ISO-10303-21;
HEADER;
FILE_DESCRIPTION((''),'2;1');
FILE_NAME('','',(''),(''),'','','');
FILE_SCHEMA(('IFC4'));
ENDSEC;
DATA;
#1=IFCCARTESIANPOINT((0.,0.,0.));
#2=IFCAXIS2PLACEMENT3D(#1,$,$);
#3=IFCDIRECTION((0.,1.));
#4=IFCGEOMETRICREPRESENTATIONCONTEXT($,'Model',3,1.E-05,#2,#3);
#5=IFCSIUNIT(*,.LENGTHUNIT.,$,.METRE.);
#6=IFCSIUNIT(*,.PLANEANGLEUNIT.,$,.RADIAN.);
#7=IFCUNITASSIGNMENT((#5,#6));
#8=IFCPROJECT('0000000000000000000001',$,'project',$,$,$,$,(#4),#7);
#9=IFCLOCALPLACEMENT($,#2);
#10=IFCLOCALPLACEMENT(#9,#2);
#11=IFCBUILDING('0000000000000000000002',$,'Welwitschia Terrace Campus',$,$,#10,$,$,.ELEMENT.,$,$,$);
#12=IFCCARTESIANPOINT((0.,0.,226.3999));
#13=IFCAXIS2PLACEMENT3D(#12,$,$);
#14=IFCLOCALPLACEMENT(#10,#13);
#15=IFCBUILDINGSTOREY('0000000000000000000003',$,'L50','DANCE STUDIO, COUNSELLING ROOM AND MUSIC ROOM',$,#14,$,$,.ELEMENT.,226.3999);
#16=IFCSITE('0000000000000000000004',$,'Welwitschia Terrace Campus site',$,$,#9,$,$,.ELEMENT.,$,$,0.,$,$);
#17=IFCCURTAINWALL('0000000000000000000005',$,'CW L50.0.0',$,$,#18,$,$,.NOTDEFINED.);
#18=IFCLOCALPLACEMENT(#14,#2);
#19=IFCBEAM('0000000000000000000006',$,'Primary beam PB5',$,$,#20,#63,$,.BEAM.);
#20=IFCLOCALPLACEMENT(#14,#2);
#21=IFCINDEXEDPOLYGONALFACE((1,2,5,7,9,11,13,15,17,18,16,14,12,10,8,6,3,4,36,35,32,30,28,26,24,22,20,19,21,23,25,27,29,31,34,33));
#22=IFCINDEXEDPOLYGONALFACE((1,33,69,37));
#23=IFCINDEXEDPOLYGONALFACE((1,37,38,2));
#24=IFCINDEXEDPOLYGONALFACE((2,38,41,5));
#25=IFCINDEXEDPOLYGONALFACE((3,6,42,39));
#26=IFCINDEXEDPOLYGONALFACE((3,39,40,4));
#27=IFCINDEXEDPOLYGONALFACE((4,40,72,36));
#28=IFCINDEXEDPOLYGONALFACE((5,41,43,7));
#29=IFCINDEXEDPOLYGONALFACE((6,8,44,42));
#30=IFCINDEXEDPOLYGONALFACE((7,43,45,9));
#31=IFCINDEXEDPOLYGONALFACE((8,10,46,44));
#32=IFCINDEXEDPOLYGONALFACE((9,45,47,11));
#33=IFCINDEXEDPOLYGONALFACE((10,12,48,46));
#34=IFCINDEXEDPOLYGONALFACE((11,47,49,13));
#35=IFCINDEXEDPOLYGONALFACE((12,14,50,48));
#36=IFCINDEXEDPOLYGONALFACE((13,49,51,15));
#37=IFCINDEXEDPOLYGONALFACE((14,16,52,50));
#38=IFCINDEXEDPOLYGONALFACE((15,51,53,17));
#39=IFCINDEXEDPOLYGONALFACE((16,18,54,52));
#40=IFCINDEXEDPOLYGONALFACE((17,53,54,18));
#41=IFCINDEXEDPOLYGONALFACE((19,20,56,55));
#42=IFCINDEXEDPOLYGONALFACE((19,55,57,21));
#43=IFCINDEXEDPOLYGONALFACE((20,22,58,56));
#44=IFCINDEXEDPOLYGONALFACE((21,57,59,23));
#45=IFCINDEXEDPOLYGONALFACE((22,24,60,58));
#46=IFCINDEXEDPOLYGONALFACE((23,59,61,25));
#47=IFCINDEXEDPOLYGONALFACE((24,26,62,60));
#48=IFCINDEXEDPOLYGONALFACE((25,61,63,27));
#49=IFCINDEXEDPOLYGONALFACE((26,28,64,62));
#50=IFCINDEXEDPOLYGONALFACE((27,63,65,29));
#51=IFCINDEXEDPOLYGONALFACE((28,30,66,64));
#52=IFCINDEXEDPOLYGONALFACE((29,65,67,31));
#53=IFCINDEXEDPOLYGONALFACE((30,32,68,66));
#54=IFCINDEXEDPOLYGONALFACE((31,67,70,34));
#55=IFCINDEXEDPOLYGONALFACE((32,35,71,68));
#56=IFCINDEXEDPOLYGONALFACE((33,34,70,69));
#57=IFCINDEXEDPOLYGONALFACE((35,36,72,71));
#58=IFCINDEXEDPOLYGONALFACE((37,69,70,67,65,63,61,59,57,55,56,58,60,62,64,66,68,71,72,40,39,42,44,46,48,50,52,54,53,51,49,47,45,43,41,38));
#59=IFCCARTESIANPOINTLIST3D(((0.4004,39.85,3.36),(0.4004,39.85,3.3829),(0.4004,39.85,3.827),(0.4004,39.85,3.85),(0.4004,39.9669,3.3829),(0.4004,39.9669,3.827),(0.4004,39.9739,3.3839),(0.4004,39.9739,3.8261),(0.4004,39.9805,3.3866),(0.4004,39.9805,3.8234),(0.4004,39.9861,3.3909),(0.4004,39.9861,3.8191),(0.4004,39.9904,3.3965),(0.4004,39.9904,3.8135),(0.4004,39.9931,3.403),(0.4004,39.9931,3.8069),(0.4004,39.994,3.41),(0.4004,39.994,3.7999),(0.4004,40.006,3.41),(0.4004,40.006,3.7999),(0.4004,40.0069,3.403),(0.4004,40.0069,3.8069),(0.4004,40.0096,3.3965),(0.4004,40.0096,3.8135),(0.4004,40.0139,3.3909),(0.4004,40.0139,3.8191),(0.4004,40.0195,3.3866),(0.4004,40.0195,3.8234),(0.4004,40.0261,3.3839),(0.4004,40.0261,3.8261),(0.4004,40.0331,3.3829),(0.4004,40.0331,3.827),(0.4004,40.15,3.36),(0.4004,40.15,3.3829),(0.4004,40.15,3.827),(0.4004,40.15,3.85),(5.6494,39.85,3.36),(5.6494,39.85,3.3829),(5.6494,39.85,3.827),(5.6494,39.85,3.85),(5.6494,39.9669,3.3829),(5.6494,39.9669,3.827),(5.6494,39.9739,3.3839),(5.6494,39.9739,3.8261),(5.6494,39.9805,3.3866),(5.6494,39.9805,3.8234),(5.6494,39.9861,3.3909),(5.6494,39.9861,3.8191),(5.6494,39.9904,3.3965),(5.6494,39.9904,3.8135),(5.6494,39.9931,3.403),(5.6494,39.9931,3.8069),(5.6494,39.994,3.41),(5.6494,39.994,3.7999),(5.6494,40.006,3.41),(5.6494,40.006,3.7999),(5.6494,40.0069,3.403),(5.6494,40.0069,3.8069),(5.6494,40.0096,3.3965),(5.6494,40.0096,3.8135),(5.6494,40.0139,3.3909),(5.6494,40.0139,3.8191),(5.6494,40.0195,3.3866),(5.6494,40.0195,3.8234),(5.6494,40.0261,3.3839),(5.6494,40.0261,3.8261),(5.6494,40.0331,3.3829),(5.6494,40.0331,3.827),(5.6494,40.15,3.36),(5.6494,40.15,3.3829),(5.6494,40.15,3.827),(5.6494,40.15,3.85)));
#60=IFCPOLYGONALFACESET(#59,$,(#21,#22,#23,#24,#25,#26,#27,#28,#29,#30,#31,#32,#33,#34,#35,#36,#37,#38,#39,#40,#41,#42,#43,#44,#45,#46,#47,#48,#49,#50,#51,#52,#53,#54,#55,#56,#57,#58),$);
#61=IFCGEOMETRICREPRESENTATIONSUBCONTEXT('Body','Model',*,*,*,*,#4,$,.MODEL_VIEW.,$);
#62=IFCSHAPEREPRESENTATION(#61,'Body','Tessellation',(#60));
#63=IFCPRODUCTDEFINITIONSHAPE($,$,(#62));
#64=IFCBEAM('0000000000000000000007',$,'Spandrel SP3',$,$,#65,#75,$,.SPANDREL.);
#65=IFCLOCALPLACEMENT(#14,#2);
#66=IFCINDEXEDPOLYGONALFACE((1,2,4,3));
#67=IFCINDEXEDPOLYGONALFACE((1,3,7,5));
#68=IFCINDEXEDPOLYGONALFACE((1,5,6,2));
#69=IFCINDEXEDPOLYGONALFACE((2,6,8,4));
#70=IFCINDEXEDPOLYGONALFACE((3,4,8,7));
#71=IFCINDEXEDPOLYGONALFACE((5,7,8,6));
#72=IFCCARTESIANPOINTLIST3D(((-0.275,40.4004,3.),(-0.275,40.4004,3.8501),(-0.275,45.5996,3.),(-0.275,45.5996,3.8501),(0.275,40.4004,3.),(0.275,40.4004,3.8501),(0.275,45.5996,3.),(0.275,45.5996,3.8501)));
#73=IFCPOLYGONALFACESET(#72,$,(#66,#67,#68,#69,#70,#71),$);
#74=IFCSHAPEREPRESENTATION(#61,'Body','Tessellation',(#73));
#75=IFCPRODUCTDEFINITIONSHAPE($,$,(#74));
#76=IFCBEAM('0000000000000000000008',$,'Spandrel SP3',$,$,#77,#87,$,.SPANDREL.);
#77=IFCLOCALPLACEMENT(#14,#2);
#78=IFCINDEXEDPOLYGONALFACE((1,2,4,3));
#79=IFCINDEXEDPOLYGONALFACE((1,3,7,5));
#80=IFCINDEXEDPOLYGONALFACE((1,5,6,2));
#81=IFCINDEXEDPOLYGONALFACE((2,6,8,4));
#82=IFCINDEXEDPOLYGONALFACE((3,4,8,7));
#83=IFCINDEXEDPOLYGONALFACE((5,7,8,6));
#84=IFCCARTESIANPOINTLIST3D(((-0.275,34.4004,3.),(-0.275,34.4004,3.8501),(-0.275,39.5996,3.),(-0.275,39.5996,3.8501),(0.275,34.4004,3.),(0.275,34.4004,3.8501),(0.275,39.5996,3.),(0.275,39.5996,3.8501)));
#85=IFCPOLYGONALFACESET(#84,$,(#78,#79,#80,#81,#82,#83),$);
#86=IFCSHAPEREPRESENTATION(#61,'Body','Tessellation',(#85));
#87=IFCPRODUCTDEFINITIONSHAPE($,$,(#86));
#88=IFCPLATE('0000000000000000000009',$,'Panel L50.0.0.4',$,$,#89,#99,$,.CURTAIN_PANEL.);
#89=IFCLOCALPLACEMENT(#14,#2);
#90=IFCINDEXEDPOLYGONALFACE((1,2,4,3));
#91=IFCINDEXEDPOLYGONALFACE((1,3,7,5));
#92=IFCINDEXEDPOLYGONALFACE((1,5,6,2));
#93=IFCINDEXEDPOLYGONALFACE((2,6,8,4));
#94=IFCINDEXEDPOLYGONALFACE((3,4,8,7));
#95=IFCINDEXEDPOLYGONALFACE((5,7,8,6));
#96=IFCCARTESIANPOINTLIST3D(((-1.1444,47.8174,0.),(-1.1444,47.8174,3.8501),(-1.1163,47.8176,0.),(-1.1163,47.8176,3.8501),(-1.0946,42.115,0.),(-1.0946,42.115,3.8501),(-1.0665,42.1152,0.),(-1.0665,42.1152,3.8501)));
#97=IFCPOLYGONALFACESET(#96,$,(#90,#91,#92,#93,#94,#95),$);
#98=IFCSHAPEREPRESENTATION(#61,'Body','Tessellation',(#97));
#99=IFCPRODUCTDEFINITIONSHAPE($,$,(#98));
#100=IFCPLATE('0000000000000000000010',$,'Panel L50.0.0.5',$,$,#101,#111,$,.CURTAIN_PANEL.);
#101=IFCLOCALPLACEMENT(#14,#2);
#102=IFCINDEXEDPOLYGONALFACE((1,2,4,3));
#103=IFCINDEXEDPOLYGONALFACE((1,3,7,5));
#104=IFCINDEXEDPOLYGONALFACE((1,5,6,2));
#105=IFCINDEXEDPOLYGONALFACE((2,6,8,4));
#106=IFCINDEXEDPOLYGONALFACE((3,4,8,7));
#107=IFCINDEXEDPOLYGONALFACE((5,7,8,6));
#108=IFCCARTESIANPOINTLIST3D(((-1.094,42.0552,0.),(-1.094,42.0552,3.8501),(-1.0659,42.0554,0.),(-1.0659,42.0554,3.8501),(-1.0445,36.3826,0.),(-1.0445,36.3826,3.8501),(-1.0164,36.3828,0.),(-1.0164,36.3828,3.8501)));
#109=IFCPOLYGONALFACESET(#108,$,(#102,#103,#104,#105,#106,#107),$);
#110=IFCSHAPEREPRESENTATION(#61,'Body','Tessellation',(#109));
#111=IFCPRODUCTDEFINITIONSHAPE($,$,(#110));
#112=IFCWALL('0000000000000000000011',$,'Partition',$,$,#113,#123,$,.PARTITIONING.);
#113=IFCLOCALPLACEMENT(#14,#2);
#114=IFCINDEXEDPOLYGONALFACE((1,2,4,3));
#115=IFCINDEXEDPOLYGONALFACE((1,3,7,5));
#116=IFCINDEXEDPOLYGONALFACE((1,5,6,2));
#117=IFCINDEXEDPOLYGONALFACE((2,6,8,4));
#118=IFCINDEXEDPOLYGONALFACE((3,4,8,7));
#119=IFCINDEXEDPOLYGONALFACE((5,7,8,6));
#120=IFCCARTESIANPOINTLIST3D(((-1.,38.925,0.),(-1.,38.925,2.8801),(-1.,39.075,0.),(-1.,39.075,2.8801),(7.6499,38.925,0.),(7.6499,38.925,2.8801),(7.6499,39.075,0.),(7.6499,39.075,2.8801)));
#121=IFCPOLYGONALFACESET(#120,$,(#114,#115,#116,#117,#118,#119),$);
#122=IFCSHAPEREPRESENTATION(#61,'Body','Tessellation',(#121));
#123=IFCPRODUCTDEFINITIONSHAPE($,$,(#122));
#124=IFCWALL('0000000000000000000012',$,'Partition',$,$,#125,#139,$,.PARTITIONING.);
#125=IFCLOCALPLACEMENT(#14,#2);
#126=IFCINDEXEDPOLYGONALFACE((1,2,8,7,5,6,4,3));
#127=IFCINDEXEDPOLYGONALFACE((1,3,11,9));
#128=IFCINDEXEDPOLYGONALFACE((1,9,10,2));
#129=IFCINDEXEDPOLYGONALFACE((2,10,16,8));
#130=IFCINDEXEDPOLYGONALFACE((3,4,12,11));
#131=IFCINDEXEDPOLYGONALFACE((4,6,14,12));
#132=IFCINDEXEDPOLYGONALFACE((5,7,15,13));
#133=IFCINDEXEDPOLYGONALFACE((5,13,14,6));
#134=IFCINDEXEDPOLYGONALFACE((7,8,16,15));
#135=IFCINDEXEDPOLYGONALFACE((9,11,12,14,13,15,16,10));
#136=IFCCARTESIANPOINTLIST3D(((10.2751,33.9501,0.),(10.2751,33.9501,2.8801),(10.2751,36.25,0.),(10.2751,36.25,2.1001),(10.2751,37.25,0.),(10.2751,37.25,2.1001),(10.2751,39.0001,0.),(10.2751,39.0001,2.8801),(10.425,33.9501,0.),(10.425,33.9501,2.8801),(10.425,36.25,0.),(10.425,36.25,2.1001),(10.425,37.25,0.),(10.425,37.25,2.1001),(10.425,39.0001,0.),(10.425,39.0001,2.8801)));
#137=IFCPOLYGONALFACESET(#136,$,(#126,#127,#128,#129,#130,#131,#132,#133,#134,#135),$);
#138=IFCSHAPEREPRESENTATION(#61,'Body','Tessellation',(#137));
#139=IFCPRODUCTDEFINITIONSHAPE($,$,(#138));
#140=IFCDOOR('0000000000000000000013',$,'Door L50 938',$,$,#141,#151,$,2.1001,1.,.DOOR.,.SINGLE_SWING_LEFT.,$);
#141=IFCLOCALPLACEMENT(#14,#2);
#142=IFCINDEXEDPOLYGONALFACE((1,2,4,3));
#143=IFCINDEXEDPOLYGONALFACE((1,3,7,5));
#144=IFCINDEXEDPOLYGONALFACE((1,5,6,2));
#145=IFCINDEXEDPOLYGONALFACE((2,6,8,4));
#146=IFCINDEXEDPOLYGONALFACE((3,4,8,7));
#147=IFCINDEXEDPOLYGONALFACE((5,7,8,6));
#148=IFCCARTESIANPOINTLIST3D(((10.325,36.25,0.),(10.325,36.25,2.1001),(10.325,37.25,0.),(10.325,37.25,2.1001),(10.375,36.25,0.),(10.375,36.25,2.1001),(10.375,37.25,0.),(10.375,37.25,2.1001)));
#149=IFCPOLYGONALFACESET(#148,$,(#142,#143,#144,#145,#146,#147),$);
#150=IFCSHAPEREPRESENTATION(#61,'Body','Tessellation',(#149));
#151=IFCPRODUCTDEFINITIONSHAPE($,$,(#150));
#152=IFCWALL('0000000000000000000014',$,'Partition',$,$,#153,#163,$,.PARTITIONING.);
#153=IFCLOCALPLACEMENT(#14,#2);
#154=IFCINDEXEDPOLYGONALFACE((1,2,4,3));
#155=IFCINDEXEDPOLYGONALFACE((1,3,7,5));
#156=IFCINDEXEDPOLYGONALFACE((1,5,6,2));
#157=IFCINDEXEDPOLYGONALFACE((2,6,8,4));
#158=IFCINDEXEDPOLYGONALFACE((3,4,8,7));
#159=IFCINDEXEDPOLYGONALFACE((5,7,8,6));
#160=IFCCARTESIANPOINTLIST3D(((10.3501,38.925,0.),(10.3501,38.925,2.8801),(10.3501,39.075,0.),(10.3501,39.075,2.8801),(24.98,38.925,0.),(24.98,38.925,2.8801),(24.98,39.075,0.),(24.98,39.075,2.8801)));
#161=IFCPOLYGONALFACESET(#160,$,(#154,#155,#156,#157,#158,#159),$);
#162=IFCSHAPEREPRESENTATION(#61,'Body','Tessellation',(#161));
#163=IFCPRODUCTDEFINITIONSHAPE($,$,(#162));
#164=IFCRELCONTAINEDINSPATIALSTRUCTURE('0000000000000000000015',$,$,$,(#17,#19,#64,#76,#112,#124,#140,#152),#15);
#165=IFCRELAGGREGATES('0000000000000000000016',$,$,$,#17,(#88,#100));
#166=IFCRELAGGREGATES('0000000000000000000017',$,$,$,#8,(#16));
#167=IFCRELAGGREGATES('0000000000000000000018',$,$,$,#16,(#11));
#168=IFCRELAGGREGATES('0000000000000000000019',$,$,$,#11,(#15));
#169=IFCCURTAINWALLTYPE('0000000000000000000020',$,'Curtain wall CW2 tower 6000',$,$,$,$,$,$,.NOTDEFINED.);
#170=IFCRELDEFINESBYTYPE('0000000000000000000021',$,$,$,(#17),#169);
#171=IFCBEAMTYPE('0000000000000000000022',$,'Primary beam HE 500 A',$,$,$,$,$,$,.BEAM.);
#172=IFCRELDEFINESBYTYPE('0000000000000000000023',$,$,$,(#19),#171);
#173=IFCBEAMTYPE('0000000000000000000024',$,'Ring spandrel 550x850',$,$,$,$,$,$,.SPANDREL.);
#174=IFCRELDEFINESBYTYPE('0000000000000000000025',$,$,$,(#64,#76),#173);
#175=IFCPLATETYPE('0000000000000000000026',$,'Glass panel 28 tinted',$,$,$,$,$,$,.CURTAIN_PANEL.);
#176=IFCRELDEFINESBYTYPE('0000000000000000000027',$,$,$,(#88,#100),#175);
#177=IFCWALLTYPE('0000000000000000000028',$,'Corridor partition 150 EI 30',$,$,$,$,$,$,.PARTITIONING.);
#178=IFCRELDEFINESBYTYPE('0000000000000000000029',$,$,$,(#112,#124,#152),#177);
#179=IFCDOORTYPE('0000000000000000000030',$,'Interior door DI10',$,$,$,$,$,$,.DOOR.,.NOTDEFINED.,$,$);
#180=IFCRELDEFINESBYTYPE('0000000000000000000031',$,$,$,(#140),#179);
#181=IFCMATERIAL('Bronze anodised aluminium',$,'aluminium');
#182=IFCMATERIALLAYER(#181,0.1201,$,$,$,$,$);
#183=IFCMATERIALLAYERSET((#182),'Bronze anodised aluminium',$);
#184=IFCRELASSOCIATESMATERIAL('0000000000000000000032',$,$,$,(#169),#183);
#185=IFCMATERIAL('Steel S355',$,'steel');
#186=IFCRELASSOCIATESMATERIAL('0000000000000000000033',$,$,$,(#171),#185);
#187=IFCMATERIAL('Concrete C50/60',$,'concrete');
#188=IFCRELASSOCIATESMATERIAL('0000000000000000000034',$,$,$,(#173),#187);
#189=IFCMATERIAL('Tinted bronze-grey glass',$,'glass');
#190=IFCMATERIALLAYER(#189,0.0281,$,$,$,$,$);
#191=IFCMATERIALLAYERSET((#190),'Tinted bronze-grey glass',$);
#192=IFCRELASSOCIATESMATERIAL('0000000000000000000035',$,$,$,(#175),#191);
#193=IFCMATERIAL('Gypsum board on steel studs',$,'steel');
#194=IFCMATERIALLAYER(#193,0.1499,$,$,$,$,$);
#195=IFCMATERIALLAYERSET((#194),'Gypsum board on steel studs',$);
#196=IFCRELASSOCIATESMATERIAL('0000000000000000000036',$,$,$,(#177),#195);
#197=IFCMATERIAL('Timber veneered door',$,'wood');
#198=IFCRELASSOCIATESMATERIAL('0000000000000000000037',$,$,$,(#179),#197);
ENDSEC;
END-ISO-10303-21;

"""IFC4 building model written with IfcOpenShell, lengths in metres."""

from ifc_helpers import new_model, si_unit, direction, frame, frame_2d, origin, origin_2d, place, context, subcontext, project, spatial, rectangle, i_section, extrude, material, layer, layer_set, material_profile, profile_set, type_object, element, fill, aggregate, save


model = new_model("IFC4")

# Units and contexts
model_context = context("Model", 3, precision=1e-05, world=origin(), true_north=direction((0.0, 1.0)))
body_context = subcontext(model_context, "Body", "Model", "MODEL_VIEW")
ifc_project = project(units=[si_unit("LENGTHUNIT", "METRE"), si_unit("PLANEANGLEUNIT", "RADIAN")], contexts=[model_context])

# Site, building, storey
site_placement = place(None, origin())
site = spatial("IfcSite", under=ifc_project, at=site_placement, Name="Welwitschia Terrace Campus site", CompositionType="ELEMENT", RefElevation=0.0)
building_placement = place(site_placement, origin())
building = spatial("IfcBuilding", under=site, at=building_placement, Name="Welwitschia Terrace Campus", CompositionType="ELEMENT")
storey_placement = place(building_placement, frame((0.0, 0.0, 226.3999)))
storey = spatial("IfcBuildingStorey", under=building, at=storey_placement, Name="L50", Description="DANCE STUDIO, COUNSELLING ROOM AND MUSIC ROOM", CompositionType="ELEMENT", Elevation=226.3999)

# Curtain wall
ifc_material_1 = material(Name="Bronze anodised aluminium", Category="aluminium")
ifc_layer_1 = layer(ifc_material_1, 0.1201)
ifc_layer_set_1 = layer_set([ifc_layer_1], Name="Bronze anodised aluminium")
curtain_wall_type = type_object("IfcCurtainWallType", Name="Curtain wall CW2 tower 6000", PredefinedType="NOTDEFINED", material=ifc_layer_set_1)
curtain_wall_placement = place(storey_placement, origin())
curtain_wall = element("IfcCurtainWall", 1, at=curtain_wall_placement, inside=storey, type_object=curtain_wall_type, Name="CW L50.0.0", PredefinedType="NOTDEFINED")

# Beams
ifc_material_2 = material(Name="Steel S355", Category="steel")
ifc_material_profile_1 = material_profile(ifc_material_2, i_section(OverallWidth=0.3, OverallDepth=0.49, WebThickness=0.012, FlangeThickness=0.0229, FilletRadius=0.0271, at=origin_2d()))
ifc_profile_set_1 = profile_set([ifc_material_profile_1], Name="Steel S355")
beam_type_1 = type_object("IfcBeamType", Name="Primary beam HE 500 A", PredefinedType="BEAM", material=ifc_profile_set_1)
beam_1_placement = place(storey_placement, frame((0.4004, 40.0, 3.605), z_axis=(1.0, 0.0, 0.0), x_axis=(0.0, 1.0, 0.0)))
element("IfcBeam", 2, at=beam_1_placement, inside=storey, type_object=beam_type_1, Name="Primary beam PB5", PredefinedType="BEAM", context=body_context, shape_type="SweptSolid", body=[
    extrude(i_section(OverallWidth=0.3, OverallDepth=0.49, WebThickness=0.012, FlangeThickness=0.0229, FilletRadius=0.0271, at=origin_2d()), origin(), (0.0, 0.0, 1.0), 5.249),
])
ifc_material_3 = material(Name="Concrete C50/60", Category="concrete")
ifc_material_profile_2 = material_profile(ifc_material_3, rectangle(XDim=0.55, YDim=0.8501, at=origin_2d()))
ifc_profile_set_2 = profile_set([ifc_material_profile_2], Name="Concrete C50/60")
beam_type_2 = type_object("IfcBeamType", Name="Ring spandrel 550x850", PredefinedType="SPANDREL", material=ifc_profile_set_2)
for number, where, z_axis, x_axis, name in (
    (3, (0.0, 45.5996, 3.425), (0.0, -1.0, 0.0), (1.0, 0.0, 0.0), "Spandrel SP3"),
    (4, (0.0, 39.5996, 3.425), (0.0, -1.0, 0.0), (1.0, 0.0, 0.0), "Spandrel SP3"),
):
    element("IfcBeam", number, at=place(storey_placement, frame(where, z_axis=z_axis, x_axis=x_axis)), inside=storey, type_object=beam_type_2, Name=name, PredefinedType="SPANDREL", context=body_context, shape_type="SweptSolid", body=[
        extrude(rectangle(XDim=0.55, YDim=0.8501, at=origin_2d()), origin(), (0.0, 0.0, 1.0), 5.1992),
    ])

# Plates
ifc_material_4 = material(Name="Tinted bronze-grey glass", Category="glass")
ifc_layer_2 = layer(ifc_material_4, 0.0281)
ifc_layer_set_2 = layer_set([ifc_layer_2], Name="Tinted bronze-grey glass")
plate_type = type_object("IfcPlateType", Name="Glass panel 28 tinted", PredefinedType="CURTAIN_PANEL", material=ifc_layer_set_2)
plate_1_placement = place(storey_placement, frame((-1.1055, 44.9663, 0.0), z_axis=(0.0, 0.0, 1.0), x_axis=(0.008727, -0.999962, 0.0)))
plate_1 = element("IfcPlate", 5, at=plate_1_placement, type_object=plate_type, Name="Panel L50.0.0.4", PredefinedType="CURTAIN_PANEL", context=body_context, shape_type="SweptSolid", body=[
    extrude(rectangle(XDim=5.7026, YDim=0.0281, at=origin_2d()), origin(), (0.0, 0.0, 1.0), 3.8501),
])
plate_2_placement = place(storey_placement, frame((-1.0552, 39.219, 0.0), z_axis=(0.0, 0.0, 1.0), x_axis=(0.008727, -0.999962, 0.0)))
plate_2 = element("IfcPlate", 6, at=plate_2_placement, type_object=plate_type, Name="Panel L50.0.0.5", PredefinedType="CURTAIN_PANEL", context=body_context, shape_type="SweptSolid", body=[
    extrude(rectangle(XDim=5.6729, YDim=0.0281, at=origin_2d()), origin(), (0.0, 0.0, 1.0), 3.8501),
])
aggregate(curtain_wall, [plate_1, plate_2])

# Wall
ifc_material_5 = material(Name="Gypsum board on steel studs", Category="steel")
ifc_layer_3 = layer(ifc_material_5, 0.1499)
ifc_layer_set_3 = layer_set([ifc_layer_3], Name="Gypsum board on steel studs")
wall_type = type_object("IfcWallType", Name="Corridor partition 150 EI 30", PredefinedType="PARTITIONING", material=ifc_layer_set_3)
wall_1_placement = place(storey_placement, frame((-1.0, 39.0, 0.0), z_axis=(0.0, 0.0, 1.0), x_axis=(1.0, 0.0, 0.0)))
element("IfcWall", 7, at=wall_1_placement, inside=storey, type_object=wall_type, Name="Partition", PredefinedType="PARTITIONING", context=body_context, shape_type="SweptSolid", body=[
    extrude(rectangle(XDim=8.6499, YDim=0.1499, at=frame_2d((4.325, 0.0))), origin(), (0.0, 0.0, 1.0), 2.8801),
])

# Wall, opening, door
wall_2_placement = place(storey_placement, frame((10.3501, 39.0, 0.0), z_axis=(0.0, 0.0, 1.0), x_axis=(0.0, -1.0, 0.0)))
wall_2 = element("IfcWall", 8, at=wall_2_placement, inside=storey, type_object=wall_type, Name="Partition", PredefinedType="PARTITIONING", context=body_context, shape_type="SweptSolid", body=[
    extrude(rectangle(XDim=5.05, YDim=0.1499, at=frame_2d((2.5249, 0.0))), origin(), (0.0, 0.0, 1.0), 2.8801),
])
opening_1_placement = place(wall_2_placement, frame((1.75, 0.0, 0.0)))
opening_1 = element("IfcOpeningElement", 9, at=opening_1_placement, cuts=wall_2, PredefinedType="OPENING", context=body_context, shape_type="SweptSolid", body=[
    extrude(rectangle(XDim=1.0, YDim=2.1001, at=frame_2d((0.5, 1.05))), frame((0.0, 0.085, 0.0), z_axis=(0.0, -1.0, 0.0), x_axis=(1.0, 0.0, 0.0)), (0.0, 0.0, 1.0), 0.1699),
])
ifc_material_6 = material(Name="Timber veneered door", Category="wood")
door_type_1 = type_object("IfcDoorType", Name="Interior door DI10", OperationType="NOTDEFINED", PredefinedType="DOOR", material=ifc_material_6)
door_1_placement = place(opening_1_placement, origin())
door_1 = element("IfcDoor", 10, at=door_1_placement, inside=storey, type_object=door_type_1, Name="Door L50 938", OperationType="SINGLE_SWING_LEFT", OverallHeight=2.1001, OverallWidth=1.0, PredefinedType="DOOR", context=body_context, shape_type="SweptSolid", body=[
    extrude(rectangle(XDim=1.0, YDim=2.1001, at=frame_2d((0.5, 1.05))), frame((0.0, 0.0249, 0.0), z_axis=(0.0, -1.0, 0.0), x_axis=(1.0, 0.0, 0.0)), (0.0, 0.0, 1.0), 0.05),
])
fill(opening_1, door_1)

# Wall
wall_3_placement = place(storey_placement, frame((10.3501, 39.0, 0.0), z_axis=(0.0, 0.0, 1.0), x_axis=(1.0, 0.0, 0.0)))
element("IfcWall", 11, at=wall_3_placement, inside=storey, type_object=wall_type, Name="Partition", PredefinedType="PARTITIONING", context=body_context, shape_type="SweptSolid", body=[
    extrude(rectangle(XDim=14.6299, YDim=0.1499, at=frame_2d((7.3149, 0.0))), origin(), (0.0, 0.0, 1.0), 2.8801),
])

save(model, "model.ifc")
